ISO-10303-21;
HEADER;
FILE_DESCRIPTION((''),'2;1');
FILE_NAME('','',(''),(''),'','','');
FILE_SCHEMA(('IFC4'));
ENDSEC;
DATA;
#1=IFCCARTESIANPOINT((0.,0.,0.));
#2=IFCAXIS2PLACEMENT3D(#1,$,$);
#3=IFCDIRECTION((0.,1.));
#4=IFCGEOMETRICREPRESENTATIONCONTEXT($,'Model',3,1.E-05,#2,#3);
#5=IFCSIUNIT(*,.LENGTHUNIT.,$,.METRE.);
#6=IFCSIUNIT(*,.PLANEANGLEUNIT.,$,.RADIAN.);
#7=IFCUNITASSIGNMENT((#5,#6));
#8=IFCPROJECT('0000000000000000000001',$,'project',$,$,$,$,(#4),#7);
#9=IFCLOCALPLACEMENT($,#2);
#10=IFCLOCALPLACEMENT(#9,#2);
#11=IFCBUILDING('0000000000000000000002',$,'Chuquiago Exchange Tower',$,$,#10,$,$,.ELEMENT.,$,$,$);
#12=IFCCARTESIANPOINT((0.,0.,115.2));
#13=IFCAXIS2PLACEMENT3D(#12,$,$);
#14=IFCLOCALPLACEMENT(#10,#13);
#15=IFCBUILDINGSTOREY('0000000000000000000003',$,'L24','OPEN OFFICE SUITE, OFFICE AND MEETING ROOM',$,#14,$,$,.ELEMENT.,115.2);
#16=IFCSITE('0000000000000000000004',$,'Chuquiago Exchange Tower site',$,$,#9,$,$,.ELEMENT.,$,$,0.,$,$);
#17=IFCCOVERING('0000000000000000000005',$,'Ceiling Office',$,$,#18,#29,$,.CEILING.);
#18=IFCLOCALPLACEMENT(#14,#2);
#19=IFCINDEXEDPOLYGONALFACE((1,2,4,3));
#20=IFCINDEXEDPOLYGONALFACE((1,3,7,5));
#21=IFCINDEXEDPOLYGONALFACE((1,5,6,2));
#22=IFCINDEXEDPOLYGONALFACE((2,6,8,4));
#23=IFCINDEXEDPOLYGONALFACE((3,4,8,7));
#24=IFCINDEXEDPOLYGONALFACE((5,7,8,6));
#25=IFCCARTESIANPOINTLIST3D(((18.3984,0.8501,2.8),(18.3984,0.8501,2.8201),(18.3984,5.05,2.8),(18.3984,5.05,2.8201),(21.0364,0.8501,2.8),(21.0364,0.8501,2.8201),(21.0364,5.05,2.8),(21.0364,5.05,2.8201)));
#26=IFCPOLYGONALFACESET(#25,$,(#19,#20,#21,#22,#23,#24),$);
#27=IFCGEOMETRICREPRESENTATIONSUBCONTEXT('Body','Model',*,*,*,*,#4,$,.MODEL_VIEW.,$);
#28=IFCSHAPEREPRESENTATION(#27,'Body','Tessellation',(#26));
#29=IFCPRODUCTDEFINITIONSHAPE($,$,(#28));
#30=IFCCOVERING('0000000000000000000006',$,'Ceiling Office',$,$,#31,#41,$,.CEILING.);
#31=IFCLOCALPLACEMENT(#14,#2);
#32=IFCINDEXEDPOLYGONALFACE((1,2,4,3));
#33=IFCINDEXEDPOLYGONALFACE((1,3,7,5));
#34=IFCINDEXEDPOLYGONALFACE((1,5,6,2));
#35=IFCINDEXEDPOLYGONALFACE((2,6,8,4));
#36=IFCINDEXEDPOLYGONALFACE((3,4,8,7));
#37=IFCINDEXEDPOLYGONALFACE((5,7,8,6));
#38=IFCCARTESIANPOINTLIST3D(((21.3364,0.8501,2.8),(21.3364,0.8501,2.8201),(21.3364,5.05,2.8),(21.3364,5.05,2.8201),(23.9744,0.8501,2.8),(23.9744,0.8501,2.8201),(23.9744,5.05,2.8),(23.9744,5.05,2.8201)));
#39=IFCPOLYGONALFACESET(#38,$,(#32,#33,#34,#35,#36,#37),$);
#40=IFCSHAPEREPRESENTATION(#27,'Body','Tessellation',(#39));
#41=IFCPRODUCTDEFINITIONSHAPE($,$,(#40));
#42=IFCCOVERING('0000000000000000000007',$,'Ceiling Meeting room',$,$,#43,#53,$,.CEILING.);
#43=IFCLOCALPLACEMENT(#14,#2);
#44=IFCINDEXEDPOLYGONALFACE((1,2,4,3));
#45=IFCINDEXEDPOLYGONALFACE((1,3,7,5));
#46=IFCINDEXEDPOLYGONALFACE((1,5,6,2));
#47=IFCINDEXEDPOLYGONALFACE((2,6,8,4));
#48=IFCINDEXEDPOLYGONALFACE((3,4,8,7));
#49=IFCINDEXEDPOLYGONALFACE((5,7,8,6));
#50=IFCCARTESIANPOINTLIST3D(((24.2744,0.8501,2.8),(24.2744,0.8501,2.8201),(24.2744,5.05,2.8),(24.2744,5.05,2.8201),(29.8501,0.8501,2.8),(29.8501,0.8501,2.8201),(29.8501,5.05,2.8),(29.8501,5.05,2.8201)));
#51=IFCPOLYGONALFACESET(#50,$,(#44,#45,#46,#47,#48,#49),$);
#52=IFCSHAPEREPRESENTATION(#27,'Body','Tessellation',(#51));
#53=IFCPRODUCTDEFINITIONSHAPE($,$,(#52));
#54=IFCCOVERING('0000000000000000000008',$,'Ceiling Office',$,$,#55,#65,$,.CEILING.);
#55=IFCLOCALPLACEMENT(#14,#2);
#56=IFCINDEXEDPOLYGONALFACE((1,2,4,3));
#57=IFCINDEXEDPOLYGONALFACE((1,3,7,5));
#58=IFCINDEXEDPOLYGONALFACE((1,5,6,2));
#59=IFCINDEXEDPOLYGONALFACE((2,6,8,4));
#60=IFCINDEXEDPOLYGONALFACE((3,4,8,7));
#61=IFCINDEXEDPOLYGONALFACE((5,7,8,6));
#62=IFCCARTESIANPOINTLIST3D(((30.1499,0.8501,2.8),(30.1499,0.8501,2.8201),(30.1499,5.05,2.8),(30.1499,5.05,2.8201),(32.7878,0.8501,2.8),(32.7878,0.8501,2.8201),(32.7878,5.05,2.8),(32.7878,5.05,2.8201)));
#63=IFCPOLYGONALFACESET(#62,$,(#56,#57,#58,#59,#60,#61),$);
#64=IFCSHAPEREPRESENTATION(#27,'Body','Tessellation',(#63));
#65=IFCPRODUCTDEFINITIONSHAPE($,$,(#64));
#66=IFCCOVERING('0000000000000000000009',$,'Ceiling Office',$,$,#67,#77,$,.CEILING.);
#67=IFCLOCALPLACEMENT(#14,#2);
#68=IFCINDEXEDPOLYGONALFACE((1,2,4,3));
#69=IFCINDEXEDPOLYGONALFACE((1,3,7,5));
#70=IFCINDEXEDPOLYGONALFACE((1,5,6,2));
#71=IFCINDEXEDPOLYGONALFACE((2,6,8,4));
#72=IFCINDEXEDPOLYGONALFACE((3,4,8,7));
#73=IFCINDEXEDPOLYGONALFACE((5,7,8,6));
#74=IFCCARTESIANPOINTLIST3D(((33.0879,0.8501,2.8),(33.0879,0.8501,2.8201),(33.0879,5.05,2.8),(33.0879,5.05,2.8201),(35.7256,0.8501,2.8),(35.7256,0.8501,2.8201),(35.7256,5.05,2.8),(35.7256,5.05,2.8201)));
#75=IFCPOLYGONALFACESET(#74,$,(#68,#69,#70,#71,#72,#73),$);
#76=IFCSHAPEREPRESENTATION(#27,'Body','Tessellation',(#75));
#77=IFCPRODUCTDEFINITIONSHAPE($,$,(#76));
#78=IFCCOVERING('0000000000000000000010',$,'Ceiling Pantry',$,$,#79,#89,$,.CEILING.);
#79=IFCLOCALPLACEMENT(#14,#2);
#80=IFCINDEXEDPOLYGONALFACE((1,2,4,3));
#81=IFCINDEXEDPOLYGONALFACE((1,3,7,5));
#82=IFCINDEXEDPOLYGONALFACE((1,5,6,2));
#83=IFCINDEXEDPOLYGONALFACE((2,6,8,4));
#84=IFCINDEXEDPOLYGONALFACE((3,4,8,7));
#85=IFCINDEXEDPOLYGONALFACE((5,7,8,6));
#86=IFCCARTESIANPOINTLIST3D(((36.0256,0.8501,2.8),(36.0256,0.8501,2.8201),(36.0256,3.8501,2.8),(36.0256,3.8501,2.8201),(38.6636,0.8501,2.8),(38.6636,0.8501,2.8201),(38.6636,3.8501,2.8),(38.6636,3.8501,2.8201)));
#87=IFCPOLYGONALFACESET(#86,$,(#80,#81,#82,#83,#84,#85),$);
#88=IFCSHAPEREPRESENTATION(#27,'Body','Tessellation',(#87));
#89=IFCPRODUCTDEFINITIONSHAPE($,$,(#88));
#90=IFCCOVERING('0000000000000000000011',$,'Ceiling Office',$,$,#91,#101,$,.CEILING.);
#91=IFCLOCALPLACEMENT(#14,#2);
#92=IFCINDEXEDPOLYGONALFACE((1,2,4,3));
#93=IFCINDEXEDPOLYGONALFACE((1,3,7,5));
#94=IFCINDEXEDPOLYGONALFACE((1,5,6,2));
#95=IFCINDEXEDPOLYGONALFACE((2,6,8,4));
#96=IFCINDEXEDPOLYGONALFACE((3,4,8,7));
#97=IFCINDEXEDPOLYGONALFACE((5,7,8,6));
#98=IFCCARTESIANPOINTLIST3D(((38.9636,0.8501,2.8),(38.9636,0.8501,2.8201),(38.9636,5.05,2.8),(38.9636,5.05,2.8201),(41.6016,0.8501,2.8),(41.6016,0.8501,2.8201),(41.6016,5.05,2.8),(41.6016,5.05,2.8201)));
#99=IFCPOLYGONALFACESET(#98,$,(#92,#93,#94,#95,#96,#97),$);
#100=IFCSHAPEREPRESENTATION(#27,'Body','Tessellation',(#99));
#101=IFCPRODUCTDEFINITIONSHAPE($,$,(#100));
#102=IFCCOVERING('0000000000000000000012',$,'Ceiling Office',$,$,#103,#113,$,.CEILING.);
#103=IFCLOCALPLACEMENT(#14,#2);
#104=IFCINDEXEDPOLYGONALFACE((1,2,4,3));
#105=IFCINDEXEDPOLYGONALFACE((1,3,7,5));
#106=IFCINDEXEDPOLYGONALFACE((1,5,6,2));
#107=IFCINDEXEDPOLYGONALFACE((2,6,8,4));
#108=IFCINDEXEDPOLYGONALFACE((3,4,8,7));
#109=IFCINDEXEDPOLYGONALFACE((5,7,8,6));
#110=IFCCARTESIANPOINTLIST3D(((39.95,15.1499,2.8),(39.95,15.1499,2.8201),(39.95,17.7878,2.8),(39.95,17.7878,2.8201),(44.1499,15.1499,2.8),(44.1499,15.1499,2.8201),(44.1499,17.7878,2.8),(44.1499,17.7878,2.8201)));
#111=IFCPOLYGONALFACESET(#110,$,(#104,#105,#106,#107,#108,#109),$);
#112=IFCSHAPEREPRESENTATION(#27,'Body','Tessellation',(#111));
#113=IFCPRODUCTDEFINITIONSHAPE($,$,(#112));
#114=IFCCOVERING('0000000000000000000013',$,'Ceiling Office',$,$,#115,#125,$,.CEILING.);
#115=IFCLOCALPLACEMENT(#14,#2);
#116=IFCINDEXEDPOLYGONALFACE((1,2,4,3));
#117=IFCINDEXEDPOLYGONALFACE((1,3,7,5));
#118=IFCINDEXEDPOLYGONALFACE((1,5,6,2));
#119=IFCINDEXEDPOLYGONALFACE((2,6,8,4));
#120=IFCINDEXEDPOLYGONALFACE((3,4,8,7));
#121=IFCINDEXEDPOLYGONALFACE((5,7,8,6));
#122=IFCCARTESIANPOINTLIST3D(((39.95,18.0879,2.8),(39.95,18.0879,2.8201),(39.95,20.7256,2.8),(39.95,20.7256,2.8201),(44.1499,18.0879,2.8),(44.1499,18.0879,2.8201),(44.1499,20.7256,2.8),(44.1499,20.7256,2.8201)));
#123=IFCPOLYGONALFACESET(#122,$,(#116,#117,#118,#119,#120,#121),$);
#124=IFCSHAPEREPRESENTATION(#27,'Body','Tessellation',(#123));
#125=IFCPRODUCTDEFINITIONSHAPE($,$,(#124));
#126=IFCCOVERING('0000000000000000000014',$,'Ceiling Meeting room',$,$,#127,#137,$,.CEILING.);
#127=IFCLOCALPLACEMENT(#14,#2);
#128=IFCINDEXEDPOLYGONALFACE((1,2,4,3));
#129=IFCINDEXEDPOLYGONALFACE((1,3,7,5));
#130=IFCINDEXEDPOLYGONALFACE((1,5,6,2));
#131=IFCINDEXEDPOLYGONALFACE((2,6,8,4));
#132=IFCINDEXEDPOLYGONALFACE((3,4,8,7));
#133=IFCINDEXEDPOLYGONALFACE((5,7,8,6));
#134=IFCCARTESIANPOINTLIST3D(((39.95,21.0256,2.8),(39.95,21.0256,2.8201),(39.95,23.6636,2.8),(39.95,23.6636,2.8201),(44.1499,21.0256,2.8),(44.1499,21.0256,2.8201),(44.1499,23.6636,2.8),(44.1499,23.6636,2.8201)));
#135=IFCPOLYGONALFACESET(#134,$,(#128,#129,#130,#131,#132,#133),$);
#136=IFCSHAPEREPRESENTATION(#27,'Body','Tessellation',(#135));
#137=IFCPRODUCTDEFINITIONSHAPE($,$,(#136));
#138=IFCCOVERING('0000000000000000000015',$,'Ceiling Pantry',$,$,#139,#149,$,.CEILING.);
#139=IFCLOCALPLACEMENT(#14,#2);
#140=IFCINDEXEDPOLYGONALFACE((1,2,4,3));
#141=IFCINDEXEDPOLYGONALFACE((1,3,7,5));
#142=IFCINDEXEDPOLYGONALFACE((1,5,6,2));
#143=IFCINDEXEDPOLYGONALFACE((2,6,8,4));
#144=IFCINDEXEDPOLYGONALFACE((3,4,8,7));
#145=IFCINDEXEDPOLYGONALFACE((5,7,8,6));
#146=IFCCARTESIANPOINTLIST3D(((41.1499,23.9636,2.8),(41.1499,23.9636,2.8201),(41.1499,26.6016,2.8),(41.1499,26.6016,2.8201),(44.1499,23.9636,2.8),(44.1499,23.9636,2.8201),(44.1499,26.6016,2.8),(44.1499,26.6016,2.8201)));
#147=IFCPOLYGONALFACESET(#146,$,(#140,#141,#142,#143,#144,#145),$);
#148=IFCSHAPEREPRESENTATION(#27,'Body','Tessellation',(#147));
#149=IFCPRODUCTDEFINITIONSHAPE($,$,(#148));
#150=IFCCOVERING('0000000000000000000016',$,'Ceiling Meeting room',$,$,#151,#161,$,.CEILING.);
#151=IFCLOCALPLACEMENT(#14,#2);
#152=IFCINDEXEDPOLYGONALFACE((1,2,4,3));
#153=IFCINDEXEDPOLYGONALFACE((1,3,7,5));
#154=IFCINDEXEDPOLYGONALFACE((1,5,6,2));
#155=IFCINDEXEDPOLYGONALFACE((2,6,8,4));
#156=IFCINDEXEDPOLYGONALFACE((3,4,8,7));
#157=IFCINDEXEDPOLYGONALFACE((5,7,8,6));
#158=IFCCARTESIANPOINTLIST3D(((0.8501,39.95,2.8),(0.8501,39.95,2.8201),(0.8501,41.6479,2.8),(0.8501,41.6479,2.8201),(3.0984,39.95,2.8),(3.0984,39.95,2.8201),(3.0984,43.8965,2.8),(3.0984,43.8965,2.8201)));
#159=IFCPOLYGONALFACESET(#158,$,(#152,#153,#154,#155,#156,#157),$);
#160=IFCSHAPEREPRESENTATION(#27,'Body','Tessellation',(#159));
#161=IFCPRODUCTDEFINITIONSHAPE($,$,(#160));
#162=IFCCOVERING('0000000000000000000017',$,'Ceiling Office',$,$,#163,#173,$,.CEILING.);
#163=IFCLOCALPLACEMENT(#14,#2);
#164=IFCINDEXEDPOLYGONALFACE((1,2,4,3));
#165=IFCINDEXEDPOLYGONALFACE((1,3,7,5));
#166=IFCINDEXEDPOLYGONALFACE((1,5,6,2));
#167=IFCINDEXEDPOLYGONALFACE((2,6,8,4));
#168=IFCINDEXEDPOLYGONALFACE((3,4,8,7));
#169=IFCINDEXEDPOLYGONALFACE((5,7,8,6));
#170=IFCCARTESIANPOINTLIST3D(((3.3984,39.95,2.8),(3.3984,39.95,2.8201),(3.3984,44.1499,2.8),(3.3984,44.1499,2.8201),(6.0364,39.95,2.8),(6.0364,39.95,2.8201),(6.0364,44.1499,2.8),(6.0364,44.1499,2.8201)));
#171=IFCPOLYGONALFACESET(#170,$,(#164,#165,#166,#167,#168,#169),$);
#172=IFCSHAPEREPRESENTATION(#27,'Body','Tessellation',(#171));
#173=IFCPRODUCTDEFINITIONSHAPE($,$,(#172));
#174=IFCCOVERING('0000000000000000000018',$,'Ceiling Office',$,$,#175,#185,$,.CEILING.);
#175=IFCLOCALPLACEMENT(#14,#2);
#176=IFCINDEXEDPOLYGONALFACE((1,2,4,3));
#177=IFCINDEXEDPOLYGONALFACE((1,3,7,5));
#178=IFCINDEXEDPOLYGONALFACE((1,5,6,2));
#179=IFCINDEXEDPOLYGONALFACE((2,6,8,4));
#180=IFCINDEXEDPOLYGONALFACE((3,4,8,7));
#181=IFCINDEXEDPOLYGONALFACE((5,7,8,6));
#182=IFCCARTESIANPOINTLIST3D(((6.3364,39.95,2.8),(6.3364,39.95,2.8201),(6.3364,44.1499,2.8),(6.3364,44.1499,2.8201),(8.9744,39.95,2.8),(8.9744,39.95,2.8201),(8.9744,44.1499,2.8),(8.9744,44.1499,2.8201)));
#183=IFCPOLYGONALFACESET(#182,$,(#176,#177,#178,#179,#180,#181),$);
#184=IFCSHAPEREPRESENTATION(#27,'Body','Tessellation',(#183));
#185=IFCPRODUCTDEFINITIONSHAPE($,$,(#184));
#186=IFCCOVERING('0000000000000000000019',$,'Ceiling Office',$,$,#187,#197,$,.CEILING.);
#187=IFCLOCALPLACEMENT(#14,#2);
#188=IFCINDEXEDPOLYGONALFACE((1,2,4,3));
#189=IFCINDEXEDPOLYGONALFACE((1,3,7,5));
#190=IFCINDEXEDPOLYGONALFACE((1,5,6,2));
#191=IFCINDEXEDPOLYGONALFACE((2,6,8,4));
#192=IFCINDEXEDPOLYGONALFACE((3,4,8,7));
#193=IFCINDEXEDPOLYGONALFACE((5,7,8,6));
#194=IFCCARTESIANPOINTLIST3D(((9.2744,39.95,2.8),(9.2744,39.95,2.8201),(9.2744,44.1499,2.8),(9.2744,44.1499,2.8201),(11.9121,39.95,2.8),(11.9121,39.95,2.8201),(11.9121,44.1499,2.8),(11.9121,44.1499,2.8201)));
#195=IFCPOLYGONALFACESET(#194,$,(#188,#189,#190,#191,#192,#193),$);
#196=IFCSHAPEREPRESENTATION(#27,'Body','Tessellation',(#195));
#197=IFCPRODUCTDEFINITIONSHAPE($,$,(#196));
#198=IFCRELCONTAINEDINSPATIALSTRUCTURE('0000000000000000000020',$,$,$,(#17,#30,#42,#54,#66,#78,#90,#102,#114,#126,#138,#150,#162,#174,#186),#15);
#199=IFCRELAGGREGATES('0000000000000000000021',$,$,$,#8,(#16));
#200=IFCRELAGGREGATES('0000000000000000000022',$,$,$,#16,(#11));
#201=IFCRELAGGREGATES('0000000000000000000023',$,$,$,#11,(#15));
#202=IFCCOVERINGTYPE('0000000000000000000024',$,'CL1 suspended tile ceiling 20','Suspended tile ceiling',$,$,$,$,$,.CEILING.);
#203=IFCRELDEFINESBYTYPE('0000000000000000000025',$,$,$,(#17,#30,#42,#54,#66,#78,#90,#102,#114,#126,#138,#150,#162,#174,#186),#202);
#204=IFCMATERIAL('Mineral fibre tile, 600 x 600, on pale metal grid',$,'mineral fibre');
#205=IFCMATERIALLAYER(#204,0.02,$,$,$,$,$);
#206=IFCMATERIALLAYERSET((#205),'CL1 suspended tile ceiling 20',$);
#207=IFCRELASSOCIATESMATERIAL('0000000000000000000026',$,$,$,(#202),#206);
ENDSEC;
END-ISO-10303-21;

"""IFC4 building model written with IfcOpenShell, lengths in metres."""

from ifc_helpers import new_model, si_unit, direction, frame, origin, place, context, subcontext, project, spatial, polyline, outline, extrude, material, layer, layer_set, type_object, element, save


model = new_model("IFC4")

# Units and contexts
model_context = context("Model", 3, precision=1e-05, world=origin(), true_north=direction((0.0, 1.0)))
body_context = subcontext(model_context, "Body", "Model", "MODEL_VIEW")
ifc_project = project(units=[si_unit("LENGTHUNIT", "METRE"), si_unit("PLANEANGLEUNIT", "RADIAN")], contexts=[model_context])

# Site, building, storey
site_placement = place(None, origin())
site = spatial("IfcSite", under=ifc_project, at=site_placement, Name="Chuquiago Exchange Tower site", CompositionType="ELEMENT", RefElevation=0.0)
building_placement = place(site_placement, origin())
building = spatial("IfcBuilding", under=site, at=building_placement, Name="Chuquiago Exchange Tower", CompositionType="ELEMENT")
storey_placement = place(building_placement, frame((0.0, 0.0, 115.2)))
storey = spatial("IfcBuildingStorey", under=building, at=storey_placement, Name="L24", Description="OPEN OFFICE SUITE, OFFICE AND MEETING ROOM", CompositionType="ELEMENT", Elevation=115.2)

# Coverings
ifc_material_1 = material(Name="Mineral fibre tile, 600 x 600, on pale metal grid", Category="mineral fibre")
ifc_layer_1 = layer(ifc_material_1, 0.02)
ifc_layer_set_1 = layer_set([ifc_layer_1], Name="CL1 suspended tile ceiling 20")
covering_type_1 = type_object("IfcCoveringType", Name="CL1 suspended tile ceiling 20", Description="Suspended tile ceiling", PredefinedType="CEILING", material=ifc_layer_set_1)
covering_1_placement = place(storey_placement, frame((0.0, 0.0, 2.8)))
element("IfcCovering", 1, at=covering_1_placement, inside=storey, type_object=covering_type_1, Name="Ceiling Office", PredefinedType="CEILING", context=body_context, shape_type="SweptSolid", body=[
    extrude(outline(polyline([(18.3984, 5.05), (21.0364, 5.05), (21.0364, 0.8501), (18.3984, 0.8501), (18.3984, 5.05)])), origin(), (0.0, 0.0, 1.0), 0.02),
])
covering_2_placement = place(storey_placement, frame((0.0, 0.0, 2.8)))
element("IfcCovering", 2, at=covering_2_placement, inside=storey, type_object=covering_type_1, Name="Ceiling Office", PredefinedType="CEILING", context=body_context, shape_type="SweptSolid", body=[
    extrude(outline(polyline([(21.3364, 5.05), (23.9744, 5.05), (23.9744, 0.8501), (21.3364, 0.8501), (21.3364, 5.05)])), origin(), (0.0, 0.0, 1.0), 0.02),
])
covering_3_placement = place(storey_placement, frame((0.0, 0.0, 2.8)))
element("IfcCovering", 3, at=covering_3_placement, inside=storey, type_object=covering_type_1, Name="Ceiling Meeting room", PredefinedType="CEILING", context=body_context, shape_type="SweptSolid", body=[
    extrude(outline(polyline([(24.2744, 5.05), (29.8501, 5.05), (29.8501, 0.8501), (24.2744, 0.8501), (24.2744, 5.05)])), origin(), (0.0, 0.0, 1.0), 0.02),
])
covering_4_placement = place(storey_placement, frame((0.0, 0.0, 2.8)))
element("IfcCovering", 4, at=covering_4_placement, inside=storey, type_object=covering_type_1, Name="Ceiling Office", PredefinedType="CEILING", context=body_context, shape_type="SweptSolid", body=[
    extrude(outline(polyline([(30.1499, 5.05), (32.7878, 5.05), (32.7878, 0.8501), (30.1499, 0.8501), (30.1499, 5.05)])), origin(), (0.0, 0.0, 1.0), 0.02),
])
covering_5_placement = place(storey_placement, frame((0.0, 0.0, 2.8)))
element("IfcCovering", 5, at=covering_5_placement, inside=storey, type_object=covering_type_1, Name="Ceiling Office", PredefinedType="CEILING", context=body_context, shape_type="SweptSolid", body=[
    extrude(outline(polyline([(33.0879, 5.05), (35.7256, 5.05), (35.7256, 0.8501), (33.0879, 0.8501), (33.0879, 5.05)])), origin(), (0.0, 0.0, 1.0), 0.02),
])
covering_6_placement = place(storey_placement, frame((0.0, 0.0, 2.8)))
element("IfcCovering", 6, at=covering_6_placement, inside=storey, type_object=covering_type_1, Name="Ceiling Pantry", PredefinedType="CEILING", context=body_context, shape_type="SweptSolid", body=[
    extrude(outline(polyline([(36.0256, 3.8501), (38.6636, 3.8501), (38.6636, 0.8501), (36.0256, 0.8501), (36.0256, 3.8501)])), origin(), (0.0, 0.0, 1.0), 0.02),
])
covering_7_placement = place(storey_placement, frame((0.0, 0.0, 2.8)))
element("IfcCovering", 7, at=covering_7_placement, inside=storey, type_object=covering_type_1, Name="Ceiling Office", PredefinedType="CEILING", context=body_context, shape_type="SweptSolid", body=[
    extrude(outline(polyline([(38.9636, 0.8501), (38.9636, 5.05), (41.6016, 5.05), (41.6016, 0.8501), (38.9636, 0.8501)])), origin(), (0.0, 0.0, 1.0), 0.02),
])
covering_8_placement = place(storey_placement, frame((0.0, 0.0, 2.8)))
element("IfcCovering", 8, at=covering_8_placement, inside=storey, type_object=covering_type_1, Name="Ceiling Office", PredefinedType="CEILING", context=body_context, shape_type="SweptSolid", body=[
    extrude(outline(polyline([(39.95, 15.1499), (39.95, 17.7878), (44.1499, 17.7878), (44.1499, 15.1499), (39.95, 15.1499)])), origin(), (0.0, 0.0, 1.0), 0.02),
])
covering_9_placement = place(storey_placement, frame((0.0, 0.0, 2.8)))
element("IfcCovering", 9, at=covering_9_placement, inside=storey, type_object=covering_type_1, Name="Ceiling Office", PredefinedType="CEILING", context=body_context, shape_type="SweptSolid", body=[
    extrude(outline(polyline([(39.95, 18.0879), (39.95, 20.7256), (44.1499, 20.7256), (44.1499, 18.0879), (39.95, 18.0879)])), origin(), (0.0, 0.0, 1.0), 0.02),
])
covering_10_placement = place(storey_placement, frame((0.0, 0.0, 2.8)))
element("IfcCovering", 10, at=covering_10_placement, inside=storey, type_object=covering_type_1, Name="Ceiling Meeting room", PredefinedType="CEILING", context=body_context, shape_type="SweptSolid", body=[
    extrude(outline(polyline([(39.95, 21.0256), (39.95, 23.6636), (44.1499, 23.6636), (44.1499, 21.0256), (39.95, 21.0256)])), origin(), (0.0, 0.0, 1.0), 0.02),
])
covering_11_placement = place(storey_placement, frame((0.0, 0.0, 2.8)))
element("IfcCovering", 11, at=covering_11_placement, inside=storey, type_object=covering_type_1, Name="Ceiling Pantry", PredefinedType="CEILING", context=body_context, shape_type="SweptSolid", body=[
    extrude(outline(polyline([(44.1499, 23.9636), (41.1499, 23.9636), (41.1499, 26.6016), (44.1499, 26.6016), (44.1499, 23.9636)])), origin(), (0.0, 0.0, 1.0), 0.02),
])
covering_12_placement = place(storey_placement, frame((0.0, 0.0, 2.8)))
element("IfcCovering", 12, at=covering_12_placement, inside=storey, type_object=covering_type_1, Name="Ceiling Meeting room", PredefinedType="CEILING", context=body_context, shape_type="SweptSolid", body=[
    extrude(outline(polyline([(3.0984, 43.8965), (3.0984, 39.95), (0.8501, 39.95), (0.8501, 41.6479), (3.0984, 43.8965)])), origin(), (0.0, 0.0, 1.0), 0.02),
])
covering_13_placement = place(storey_placement, frame((0.0, 0.0, 2.8)))
element("IfcCovering", 13, at=covering_13_placement, inside=storey, type_object=covering_type_1, Name="Ceiling Office", PredefinedType="CEILING", context=body_context, shape_type="SweptSolid", body=[
    extrude(outline(polyline([(6.0364, 44.1499), (6.0364, 39.95), (3.3984, 39.95), (3.3984, 44.1499), (6.0364, 44.1499)])), origin(), (0.0, 0.0, 1.0), 0.02),
])
covering_14_placement = place(storey_placement, frame((0.0, 0.0, 2.8)))
element("IfcCovering", 14, at=covering_14_placement, inside=storey, type_object=covering_type_1, Name="Ceiling Office", PredefinedType="CEILING", context=body_context, shape_type="SweptSolid", body=[
    extrude(outline(polyline([(8.9744, 39.95), (6.3364, 39.95), (6.3364, 44.1499), (8.9744, 44.1499), (8.9744, 39.95)])), origin(), (0.0, 0.0, 1.0), 0.02),
])
covering_15_placement = place(storey_placement, frame((0.0, 0.0, 2.8)))
element("IfcCovering", 15, at=covering_15_placement, inside=storey, type_object=covering_type_1, Name="Ceiling Office", PredefinedType="CEILING", context=body_context, shape_type="SweptSolid", body=[
    extrude(outline(polyline([(11.9121, 39.95), (9.2744, 39.95), (9.2744, 44.1499), (11.9121, 44.1499), (11.9121, 39.95)])), origin(), (0.0, 0.0, 1.0), 0.02),
])

save(model, "model.ifc")
